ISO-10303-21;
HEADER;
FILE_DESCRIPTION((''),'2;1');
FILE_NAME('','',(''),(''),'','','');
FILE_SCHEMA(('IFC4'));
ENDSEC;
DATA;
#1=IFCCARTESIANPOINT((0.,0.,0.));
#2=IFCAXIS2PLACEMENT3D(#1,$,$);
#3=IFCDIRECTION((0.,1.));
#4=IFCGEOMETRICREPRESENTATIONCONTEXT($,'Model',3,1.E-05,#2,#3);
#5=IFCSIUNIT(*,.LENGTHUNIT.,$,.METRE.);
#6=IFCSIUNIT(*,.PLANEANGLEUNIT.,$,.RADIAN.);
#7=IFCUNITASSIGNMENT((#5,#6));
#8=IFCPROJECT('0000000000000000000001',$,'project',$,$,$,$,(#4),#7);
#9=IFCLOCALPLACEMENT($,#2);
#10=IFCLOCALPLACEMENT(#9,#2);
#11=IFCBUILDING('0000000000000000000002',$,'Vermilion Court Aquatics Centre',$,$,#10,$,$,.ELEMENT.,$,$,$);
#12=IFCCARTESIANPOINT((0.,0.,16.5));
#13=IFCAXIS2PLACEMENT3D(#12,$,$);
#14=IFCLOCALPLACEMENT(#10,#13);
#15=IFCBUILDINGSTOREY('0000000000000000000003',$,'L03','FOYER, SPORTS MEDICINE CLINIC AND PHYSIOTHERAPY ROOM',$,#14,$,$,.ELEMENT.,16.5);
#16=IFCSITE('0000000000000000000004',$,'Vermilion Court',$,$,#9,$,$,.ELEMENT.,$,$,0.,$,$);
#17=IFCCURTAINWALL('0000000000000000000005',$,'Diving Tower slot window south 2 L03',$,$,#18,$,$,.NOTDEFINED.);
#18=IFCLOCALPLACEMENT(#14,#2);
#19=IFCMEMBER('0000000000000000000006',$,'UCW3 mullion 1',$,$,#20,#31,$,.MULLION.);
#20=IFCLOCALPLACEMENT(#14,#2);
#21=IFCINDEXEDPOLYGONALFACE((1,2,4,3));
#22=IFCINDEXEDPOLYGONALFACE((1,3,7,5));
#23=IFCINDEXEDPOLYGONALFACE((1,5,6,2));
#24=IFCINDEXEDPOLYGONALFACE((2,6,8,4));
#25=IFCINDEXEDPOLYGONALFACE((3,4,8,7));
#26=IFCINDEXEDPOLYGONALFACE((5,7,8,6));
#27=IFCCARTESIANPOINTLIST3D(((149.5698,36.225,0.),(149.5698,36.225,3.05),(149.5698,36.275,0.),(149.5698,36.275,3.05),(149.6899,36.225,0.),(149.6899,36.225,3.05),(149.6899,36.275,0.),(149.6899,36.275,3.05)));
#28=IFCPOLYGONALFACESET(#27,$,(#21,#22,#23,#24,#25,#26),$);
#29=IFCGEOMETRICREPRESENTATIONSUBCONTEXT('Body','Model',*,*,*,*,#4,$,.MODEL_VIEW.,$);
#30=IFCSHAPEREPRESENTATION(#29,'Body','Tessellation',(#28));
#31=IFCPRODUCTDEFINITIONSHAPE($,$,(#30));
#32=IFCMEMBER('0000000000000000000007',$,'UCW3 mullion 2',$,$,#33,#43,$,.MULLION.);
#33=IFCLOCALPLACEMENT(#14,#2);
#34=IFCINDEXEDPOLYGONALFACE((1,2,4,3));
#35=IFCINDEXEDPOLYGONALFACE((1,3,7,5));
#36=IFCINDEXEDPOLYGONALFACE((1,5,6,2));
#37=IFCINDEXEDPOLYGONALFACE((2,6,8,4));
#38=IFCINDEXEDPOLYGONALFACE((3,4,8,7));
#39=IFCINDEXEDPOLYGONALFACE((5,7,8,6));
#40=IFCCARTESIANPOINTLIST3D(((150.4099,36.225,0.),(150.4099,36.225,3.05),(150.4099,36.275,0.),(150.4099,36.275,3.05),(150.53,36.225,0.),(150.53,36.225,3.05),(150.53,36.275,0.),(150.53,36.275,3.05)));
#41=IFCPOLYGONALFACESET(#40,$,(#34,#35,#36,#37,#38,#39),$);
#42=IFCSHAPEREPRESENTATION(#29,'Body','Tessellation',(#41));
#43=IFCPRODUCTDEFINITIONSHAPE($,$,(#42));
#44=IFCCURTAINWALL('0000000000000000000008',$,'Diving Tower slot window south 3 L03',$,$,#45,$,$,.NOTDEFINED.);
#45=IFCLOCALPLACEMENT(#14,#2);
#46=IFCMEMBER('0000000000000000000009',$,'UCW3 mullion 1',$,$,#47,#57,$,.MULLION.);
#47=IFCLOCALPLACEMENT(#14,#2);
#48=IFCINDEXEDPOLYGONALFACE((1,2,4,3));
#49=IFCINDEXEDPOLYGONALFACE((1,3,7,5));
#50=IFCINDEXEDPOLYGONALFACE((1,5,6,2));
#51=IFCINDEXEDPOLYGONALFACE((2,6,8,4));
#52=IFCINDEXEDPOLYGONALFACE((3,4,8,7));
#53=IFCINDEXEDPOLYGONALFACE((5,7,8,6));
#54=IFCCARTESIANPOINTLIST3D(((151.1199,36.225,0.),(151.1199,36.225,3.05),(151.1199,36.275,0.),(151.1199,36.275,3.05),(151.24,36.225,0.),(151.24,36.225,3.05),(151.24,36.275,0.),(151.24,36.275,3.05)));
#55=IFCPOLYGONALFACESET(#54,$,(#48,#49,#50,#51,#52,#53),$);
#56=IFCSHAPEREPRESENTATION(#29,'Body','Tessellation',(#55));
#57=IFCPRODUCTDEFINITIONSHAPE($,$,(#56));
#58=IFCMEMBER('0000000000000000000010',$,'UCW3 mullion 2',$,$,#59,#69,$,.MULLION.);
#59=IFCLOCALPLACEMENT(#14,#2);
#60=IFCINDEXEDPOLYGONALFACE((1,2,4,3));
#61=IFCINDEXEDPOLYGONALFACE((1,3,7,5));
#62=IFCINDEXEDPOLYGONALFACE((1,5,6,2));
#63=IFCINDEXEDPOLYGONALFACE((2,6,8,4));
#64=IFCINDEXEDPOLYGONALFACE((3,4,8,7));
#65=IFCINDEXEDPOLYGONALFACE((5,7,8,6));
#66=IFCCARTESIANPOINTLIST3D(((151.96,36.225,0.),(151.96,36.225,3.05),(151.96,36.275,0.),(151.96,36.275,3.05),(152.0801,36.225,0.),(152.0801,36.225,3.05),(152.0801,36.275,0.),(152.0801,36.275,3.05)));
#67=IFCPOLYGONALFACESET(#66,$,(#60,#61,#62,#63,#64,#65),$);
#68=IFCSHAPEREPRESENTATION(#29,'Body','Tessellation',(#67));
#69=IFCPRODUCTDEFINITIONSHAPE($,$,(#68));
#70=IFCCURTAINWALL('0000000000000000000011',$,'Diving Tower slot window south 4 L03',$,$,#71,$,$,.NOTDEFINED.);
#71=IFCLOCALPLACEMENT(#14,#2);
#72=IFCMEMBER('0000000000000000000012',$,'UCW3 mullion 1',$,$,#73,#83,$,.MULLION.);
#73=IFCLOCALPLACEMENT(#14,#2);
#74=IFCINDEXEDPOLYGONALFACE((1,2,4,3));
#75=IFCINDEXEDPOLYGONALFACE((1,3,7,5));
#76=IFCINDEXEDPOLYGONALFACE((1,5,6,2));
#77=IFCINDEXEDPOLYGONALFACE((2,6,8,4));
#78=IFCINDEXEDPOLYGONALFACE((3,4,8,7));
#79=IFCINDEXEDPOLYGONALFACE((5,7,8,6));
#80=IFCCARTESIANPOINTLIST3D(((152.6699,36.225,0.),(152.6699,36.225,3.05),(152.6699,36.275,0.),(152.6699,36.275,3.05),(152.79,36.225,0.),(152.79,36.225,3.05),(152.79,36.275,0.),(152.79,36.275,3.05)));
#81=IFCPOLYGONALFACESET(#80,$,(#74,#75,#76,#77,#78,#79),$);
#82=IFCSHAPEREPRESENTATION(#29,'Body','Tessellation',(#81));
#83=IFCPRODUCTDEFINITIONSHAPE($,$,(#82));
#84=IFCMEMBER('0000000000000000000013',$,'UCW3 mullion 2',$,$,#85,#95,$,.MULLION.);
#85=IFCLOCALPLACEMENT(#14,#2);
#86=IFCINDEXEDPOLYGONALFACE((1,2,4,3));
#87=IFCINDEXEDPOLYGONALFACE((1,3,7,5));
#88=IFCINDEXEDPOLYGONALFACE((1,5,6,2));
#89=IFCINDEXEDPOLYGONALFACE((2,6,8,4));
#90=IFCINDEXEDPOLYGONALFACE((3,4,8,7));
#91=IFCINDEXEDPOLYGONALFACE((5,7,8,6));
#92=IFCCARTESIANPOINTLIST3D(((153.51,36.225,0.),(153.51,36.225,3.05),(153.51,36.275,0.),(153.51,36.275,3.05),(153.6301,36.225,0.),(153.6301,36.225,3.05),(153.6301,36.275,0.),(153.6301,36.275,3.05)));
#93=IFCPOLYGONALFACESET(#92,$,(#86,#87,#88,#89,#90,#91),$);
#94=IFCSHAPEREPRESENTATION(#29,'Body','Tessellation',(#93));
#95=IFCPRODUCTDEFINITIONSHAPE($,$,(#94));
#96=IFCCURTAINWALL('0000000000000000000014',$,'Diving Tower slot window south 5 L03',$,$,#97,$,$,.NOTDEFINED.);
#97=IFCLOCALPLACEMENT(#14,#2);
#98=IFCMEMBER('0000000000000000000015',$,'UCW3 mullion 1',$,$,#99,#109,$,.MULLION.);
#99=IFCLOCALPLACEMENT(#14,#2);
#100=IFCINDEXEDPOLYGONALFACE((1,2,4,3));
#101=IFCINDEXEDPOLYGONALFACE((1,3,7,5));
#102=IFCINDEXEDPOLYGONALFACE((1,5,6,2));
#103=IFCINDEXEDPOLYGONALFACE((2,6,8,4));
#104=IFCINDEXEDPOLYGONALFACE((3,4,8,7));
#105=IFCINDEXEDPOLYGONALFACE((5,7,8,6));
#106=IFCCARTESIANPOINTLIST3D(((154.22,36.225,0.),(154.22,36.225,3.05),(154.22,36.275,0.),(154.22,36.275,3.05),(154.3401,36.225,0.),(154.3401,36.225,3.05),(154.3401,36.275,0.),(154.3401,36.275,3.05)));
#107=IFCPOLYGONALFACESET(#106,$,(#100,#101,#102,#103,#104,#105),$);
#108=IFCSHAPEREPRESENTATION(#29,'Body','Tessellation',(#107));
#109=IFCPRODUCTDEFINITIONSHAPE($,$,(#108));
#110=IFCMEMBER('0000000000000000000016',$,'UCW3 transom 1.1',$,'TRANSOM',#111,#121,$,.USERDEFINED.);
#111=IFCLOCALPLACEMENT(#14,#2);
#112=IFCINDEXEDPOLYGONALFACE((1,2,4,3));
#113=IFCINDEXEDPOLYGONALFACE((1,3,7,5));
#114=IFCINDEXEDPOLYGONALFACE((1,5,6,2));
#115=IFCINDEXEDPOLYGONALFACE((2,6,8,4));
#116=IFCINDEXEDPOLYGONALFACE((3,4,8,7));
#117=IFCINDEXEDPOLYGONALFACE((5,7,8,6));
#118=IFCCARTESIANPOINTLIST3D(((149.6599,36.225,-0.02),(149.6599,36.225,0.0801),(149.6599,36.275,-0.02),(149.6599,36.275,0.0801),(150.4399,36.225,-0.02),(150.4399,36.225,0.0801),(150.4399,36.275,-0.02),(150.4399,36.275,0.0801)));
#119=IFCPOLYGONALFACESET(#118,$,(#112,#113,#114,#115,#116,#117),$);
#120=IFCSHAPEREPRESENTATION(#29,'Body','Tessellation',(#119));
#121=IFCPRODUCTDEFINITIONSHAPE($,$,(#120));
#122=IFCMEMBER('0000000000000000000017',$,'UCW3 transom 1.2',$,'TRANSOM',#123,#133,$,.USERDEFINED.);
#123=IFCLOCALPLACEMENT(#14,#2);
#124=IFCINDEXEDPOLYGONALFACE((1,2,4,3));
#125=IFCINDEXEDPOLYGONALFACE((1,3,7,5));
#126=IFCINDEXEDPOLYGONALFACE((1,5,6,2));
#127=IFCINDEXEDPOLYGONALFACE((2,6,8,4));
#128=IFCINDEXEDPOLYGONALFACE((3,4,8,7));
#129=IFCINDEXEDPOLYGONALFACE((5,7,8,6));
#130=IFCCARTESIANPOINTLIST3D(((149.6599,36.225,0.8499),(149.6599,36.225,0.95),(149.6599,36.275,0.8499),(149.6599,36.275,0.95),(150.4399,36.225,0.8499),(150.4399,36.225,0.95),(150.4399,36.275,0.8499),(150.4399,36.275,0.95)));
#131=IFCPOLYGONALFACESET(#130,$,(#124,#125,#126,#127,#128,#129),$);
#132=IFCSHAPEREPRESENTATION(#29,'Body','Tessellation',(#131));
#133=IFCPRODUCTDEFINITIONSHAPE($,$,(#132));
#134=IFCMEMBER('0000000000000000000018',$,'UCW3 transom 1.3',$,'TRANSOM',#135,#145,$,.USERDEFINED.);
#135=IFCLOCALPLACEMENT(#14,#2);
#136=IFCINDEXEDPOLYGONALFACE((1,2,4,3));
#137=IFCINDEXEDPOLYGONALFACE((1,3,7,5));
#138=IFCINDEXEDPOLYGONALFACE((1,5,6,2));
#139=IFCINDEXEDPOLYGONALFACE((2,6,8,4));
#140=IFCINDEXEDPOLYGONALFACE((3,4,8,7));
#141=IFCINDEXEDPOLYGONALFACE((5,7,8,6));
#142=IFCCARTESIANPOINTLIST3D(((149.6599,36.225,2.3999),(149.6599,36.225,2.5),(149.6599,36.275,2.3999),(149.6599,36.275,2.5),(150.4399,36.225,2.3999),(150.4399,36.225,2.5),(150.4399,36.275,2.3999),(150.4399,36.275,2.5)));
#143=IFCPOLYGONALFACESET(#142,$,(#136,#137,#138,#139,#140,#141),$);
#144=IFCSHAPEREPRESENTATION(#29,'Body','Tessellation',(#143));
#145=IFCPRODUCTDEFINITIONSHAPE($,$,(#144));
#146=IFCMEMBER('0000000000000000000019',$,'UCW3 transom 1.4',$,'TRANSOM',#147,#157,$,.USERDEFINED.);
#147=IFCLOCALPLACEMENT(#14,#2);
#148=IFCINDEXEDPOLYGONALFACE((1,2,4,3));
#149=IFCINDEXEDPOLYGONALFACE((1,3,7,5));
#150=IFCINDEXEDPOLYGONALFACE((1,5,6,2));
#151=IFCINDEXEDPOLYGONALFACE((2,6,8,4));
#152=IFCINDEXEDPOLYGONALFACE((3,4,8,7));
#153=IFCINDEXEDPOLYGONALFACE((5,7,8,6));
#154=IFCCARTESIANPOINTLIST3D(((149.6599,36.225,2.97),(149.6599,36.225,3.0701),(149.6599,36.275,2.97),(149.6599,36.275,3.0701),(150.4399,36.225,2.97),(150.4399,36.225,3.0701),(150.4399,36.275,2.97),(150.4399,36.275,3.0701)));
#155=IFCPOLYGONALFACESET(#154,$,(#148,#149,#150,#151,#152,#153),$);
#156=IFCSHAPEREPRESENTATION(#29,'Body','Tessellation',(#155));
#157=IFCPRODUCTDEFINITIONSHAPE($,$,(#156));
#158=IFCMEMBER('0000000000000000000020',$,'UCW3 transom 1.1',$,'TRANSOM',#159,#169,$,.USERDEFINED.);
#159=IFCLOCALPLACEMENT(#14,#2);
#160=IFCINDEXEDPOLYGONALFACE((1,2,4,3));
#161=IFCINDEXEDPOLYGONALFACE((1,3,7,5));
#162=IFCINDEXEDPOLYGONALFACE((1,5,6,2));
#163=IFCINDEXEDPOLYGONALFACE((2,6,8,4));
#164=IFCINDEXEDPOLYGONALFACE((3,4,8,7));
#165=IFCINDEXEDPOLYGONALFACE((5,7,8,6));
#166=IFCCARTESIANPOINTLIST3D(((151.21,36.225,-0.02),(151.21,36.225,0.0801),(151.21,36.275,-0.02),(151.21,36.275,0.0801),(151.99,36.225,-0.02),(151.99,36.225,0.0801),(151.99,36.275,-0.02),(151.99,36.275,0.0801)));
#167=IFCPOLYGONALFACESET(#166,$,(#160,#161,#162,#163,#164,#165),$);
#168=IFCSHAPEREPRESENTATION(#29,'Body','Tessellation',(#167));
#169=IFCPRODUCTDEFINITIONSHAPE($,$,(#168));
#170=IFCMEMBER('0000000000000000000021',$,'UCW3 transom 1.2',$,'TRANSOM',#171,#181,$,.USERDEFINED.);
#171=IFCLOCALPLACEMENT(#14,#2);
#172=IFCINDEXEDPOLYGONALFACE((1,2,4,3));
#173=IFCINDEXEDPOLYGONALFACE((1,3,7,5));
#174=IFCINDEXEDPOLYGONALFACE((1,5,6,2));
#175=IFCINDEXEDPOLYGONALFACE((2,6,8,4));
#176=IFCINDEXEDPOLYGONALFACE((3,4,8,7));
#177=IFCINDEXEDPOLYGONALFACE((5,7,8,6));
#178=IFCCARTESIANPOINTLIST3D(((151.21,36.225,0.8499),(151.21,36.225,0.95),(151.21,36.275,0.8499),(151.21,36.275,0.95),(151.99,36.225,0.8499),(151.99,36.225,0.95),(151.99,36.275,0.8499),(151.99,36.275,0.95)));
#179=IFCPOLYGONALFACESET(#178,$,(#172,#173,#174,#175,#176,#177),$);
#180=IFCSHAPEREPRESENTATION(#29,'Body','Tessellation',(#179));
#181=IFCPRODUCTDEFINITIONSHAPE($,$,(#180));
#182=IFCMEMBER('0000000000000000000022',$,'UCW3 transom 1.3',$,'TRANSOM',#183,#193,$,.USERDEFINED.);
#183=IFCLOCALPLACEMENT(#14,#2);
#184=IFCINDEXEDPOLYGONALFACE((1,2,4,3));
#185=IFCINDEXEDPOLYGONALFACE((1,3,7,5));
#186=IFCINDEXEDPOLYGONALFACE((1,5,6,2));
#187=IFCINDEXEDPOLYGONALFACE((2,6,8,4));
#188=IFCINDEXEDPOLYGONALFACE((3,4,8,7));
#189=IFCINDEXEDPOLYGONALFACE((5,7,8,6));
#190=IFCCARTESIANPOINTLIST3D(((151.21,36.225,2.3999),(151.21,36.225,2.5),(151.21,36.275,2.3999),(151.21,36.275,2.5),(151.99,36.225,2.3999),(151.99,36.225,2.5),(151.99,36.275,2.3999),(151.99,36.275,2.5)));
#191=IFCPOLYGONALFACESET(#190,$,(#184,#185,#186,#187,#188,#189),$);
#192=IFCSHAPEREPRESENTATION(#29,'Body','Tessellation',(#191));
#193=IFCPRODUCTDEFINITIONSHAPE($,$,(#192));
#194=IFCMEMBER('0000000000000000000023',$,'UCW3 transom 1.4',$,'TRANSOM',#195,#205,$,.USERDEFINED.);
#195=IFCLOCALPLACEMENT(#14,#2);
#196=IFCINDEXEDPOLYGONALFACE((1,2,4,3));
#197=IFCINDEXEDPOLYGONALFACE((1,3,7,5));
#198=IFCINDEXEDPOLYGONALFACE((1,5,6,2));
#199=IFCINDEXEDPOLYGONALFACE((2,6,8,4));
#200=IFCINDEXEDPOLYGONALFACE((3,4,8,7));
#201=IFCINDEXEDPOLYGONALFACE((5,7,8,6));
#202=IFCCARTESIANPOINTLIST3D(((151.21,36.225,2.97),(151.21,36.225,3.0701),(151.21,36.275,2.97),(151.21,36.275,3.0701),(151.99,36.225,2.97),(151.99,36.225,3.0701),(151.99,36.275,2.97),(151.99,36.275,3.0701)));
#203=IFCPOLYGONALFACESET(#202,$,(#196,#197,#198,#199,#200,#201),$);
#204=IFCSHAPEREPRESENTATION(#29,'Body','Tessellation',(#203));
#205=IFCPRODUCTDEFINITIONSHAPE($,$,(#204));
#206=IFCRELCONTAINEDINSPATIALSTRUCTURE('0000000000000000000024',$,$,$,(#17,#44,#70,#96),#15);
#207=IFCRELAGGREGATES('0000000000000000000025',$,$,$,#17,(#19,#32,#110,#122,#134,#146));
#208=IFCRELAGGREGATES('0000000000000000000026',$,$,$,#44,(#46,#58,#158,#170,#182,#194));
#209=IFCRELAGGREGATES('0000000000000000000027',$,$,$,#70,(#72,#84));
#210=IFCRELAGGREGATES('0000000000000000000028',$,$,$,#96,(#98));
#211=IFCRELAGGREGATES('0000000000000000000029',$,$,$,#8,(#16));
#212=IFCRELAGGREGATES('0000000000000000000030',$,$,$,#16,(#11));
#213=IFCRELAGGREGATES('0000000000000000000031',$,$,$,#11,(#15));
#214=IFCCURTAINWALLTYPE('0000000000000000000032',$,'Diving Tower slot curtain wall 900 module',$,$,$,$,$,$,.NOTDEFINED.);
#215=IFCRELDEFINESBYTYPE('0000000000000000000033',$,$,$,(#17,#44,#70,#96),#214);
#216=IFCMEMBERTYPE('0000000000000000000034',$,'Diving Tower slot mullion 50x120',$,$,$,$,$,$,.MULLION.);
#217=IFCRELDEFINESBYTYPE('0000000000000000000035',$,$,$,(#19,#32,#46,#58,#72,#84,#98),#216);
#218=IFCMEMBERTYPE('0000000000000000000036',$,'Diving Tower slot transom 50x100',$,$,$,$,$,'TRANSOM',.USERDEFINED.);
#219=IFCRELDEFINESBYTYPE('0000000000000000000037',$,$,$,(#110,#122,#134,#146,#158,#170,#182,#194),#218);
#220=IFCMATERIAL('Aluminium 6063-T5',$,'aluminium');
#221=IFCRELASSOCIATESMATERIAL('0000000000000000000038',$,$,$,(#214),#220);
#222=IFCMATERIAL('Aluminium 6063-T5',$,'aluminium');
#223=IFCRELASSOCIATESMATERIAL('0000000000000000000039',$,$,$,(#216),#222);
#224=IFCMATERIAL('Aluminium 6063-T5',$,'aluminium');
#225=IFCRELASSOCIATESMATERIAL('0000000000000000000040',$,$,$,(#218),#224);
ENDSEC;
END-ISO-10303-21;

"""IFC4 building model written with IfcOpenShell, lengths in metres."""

from ifc_helpers import new_model, si_unit, direction, frame, origin, origin_2d, place, context, subcontext, project, spatial, rectangle, extrude, material, material_profile, profile_set, type_object, element, aggregate, save


model = new_model("IFC4")

# Units and contexts
model_context = context("Model", 3, precision=1e-05, world=origin(), true_north=direction((0.0, 1.0)))
body_context = subcontext(model_context, "Body", "Model", "MODEL_VIEW")
ifc_project = project(units=[si_unit("LENGTHUNIT", "METRE"), si_unit("PLANEANGLEUNIT", "RADIAN")], contexts=[model_context])

# Site, building, storey
site_placement = place(None, origin())
site = spatial("IfcSite", under=ifc_project, at=site_placement, Name="Vermilion Court", CompositionType="ELEMENT", RefElevation=0.0)
building_placement = place(site_placement, origin())
building = spatial("IfcBuilding", under=site, at=building_placement, Name="Vermilion Court Aquatics Centre", CompositionType="ELEMENT")
storey_placement = place(building_placement, frame((0.0, 0.0, 16.5)))
storey = spatial("IfcBuildingStorey", under=building, at=storey_placement, Name="L03", Description="FOYER, SPORTS MEDICINE CLINIC AND PHYSIOTHERAPY ROOM", CompositionType="ELEMENT", Elevation=16.5)

# Curtain walls, members
ifc_material_1 = material(Name="Aluminium 6063-T5", Category="aluminium")
curtain_wall_type = type_object("IfcCurtainWallType", Name="Diving Tower slot curtain wall 900 module", PredefinedType="NOTDEFINED", material=ifc_material_1)
curtain_wall_1_placement = place(storey_placement, origin())
curtain_wall_1 = element("IfcCurtainWall", 1, at=curtain_wall_1_placement, inside=storey, type_object=curtain_wall_type, Name="Diving Tower slot window south 2 L03", PredefinedType="NOTDEFINED")
ifc_material_2 = material(Name="Aluminium 6063-T5", Category="aluminium")
ifc_material_profile_1 = material_profile(ifc_material_2, rectangle(XDim=0.05, YDim=0.1201, at=origin_2d()), Name="AL 50x120")
ifc_profile_set_1 = profile_set([ifc_material_profile_1], Name="Aluminium 6063-T5")
member_type_1 = type_object("IfcMemberType", Name="Diving Tower slot mullion 50x120", PredefinedType="MULLION", material=ifc_profile_set_1)
member_1_placement = place(storey_placement, frame((149.6299, 36.25, 0.0), z_axis=(0.0, 0.0, 1.0), x_axis=(0.0, 1.0, 0.0)))
member_1 = element("IfcMember", 2, at=member_1_placement, type_object=member_type_1, Name="UCW3 mullion 1", PredefinedType="MULLION", context=body_context, shape_type="SweptSolid", body=[
    extrude(rectangle(XDim=0.05, YDim=0.1201, at=origin_2d()), origin(), (0.0, 0.0, 1.0), 3.05),
])
member_2_placement = place(storey_placement, frame((150.47, 36.25, 0.0), z_axis=(0.0, 0.0, 1.0), x_axis=(0.0, 1.0, 0.0)))
member_2 = element("IfcMember", 3, at=member_2_placement, type_object=member_type_1, Name="UCW3 mullion 2", PredefinedType="MULLION", context=body_context, shape_type="SweptSolid", body=[
    extrude(rectangle(XDim=0.05, YDim=0.1201, at=origin_2d()), origin(), (0.0, 0.0, 1.0), 3.05),
])
curtain_wall_2_placement = place(storey_placement, origin())
curtain_wall_2 = element("IfcCurtainWall", 4, at=curtain_wall_2_placement, inside=storey, type_object=curtain_wall_type, Name="Diving Tower slot window south 3 L03", PredefinedType="NOTDEFINED")
member_3_placement = place(storey_placement, frame((151.1799, 36.25, 0.0), z_axis=(0.0, 0.0, 1.0), x_axis=(0.0, 1.0, 0.0)))
member_3 = element("IfcMember", 5, at=member_3_placement, type_object=member_type_1, Name="UCW3 mullion 1", PredefinedType="MULLION", context=body_context, shape_type="SweptSolid", body=[
    extrude(rectangle(XDim=0.05, YDim=0.1201, at=origin_2d()), origin(), (0.0, 0.0, 1.0), 3.05),
])
member_4_placement = place(storey_placement, frame((152.02, 36.25, 0.0), z_axis=(0.0, 0.0, 1.0), x_axis=(0.0, 1.0, 0.0)))
member_4 = element("IfcMember", 6, at=member_4_placement, type_object=member_type_1, Name="UCW3 mullion 2", PredefinedType="MULLION", context=body_context, shape_type="SweptSolid", body=[
    extrude(rectangle(XDim=0.05, YDim=0.1201, at=origin_2d()), origin(), (0.0, 0.0, 1.0), 3.05),
])
curtain_wall_3_placement = place(storey_placement, origin())
curtain_wall_3 = element("IfcCurtainWall", 7, at=curtain_wall_3_placement, inside=storey, type_object=curtain_wall_type, Name="Diving Tower slot window south 4 L03", PredefinedType="NOTDEFINED")
member_5_placement = place(storey_placement, frame((152.73, 36.25, 0.0), z_axis=(0.0, 0.0, 1.0), x_axis=(0.0, 1.0, 0.0)))
member_5 = element("IfcMember", 8, at=member_5_placement, type_object=member_type_1, Name="UCW3 mullion 1", PredefinedType="MULLION", context=body_context, shape_type="SweptSolid", body=[
    extrude(rectangle(XDim=0.05, YDim=0.1201, at=origin_2d()), origin(), (0.0, 0.0, 1.0), 3.05),
])
member_6_placement = place(storey_placement, frame((153.5701, 36.25, 0.0), z_axis=(0.0, 0.0, 1.0), x_axis=(0.0, 1.0, 0.0)))
member_6 = element("IfcMember", 9, at=member_6_placement, type_object=member_type_1, Name="UCW3 mullion 2", PredefinedType="MULLION", context=body_context, shape_type="SweptSolid", body=[
    extrude(rectangle(XDim=0.05, YDim=0.1201, at=origin_2d()), origin(), (0.0, 0.0, 1.0), 3.05),
])

# Curtain wall, member
curtain_wall_4_placement = place(storey_placement, origin())
curtain_wall_4 = element("IfcCurtainWall", 10, at=curtain_wall_4_placement, inside=storey, type_object=curtain_wall_type, Name="Diving Tower slot window south 5 L03", PredefinedType="NOTDEFINED")
member_7_placement = place(storey_placement, frame((154.28, 36.25, 0.0), z_axis=(0.0, 0.0, 1.0), x_axis=(0.0, 1.0, 0.0)))
member_7 = element("IfcMember", 11, at=member_7_placement, type_object=member_type_1, Name="UCW3 mullion 1", PredefinedType="MULLION", context=body_context, shape_type="SweptSolid", body=[
    extrude(rectangle(XDim=0.05, YDim=0.1201, at=origin_2d()), origin(), (0.0, 0.0, 1.0), 3.05),
])

# Members
ifc_material_3 = material(Name="Aluminium 6063-T5", Category="aluminium")
ifc_material_profile_2 = material_profile(ifc_material_3, rectangle(XDim=0.05, YDim=0.1001, at=origin_2d()), Name="AL 50x100")
ifc_profile_set_2 = profile_set([ifc_material_profile_2], Name="Aluminium 6063-T5")
member_type_2 = type_object("IfcMemberType", Name="Diving Tower slot transom 50x100", ElementType="TRANSOM", PredefinedType="USERDEFINED", material=ifc_profile_set_2)
member_8_placement = place(storey_placement, frame((149.6599, 36.25, 0.03), z_axis=(1.0, 0.0, 0.0), x_axis=(0.0, 1.0, 0.0)))
member_8 = element("IfcMember", 12, at=member_8_placement, type_object=member_type_2, Name="UCW3 transom 1.1", ObjectType="TRANSOM", PredefinedType="USERDEFINED", context=body_context, shape_type="SweptSolid", body=[
    extrude(rectangle(XDim=0.05, YDim=0.1001, at=origin_2d()), origin(), (0.0, 0.0, 1.0), 0.78),
])
member_9_placement = place(storey_placement, frame((149.6599, 36.25, 0.8999), z_axis=(1.0, 0.0, 0.0), x_axis=(0.0, 1.0, 0.0)))
member_9 = element("IfcMember", 13, at=member_9_placement, type_object=member_type_2, Name="UCW3 transom 1.2", ObjectType="TRANSOM", PredefinedType="USERDEFINED", context=body_context, shape_type="SweptSolid", body=[
    extrude(rectangle(XDim=0.05, YDim=0.1001, at=origin_2d()), origin(), (0.0, 0.0, 1.0), 0.78),
])
member_10_placement = place(storey_placement, frame((149.6599, 36.25, 2.45), z_axis=(1.0, 0.0, 0.0), x_axis=(0.0, 1.0, 0.0)))
member_10 = element("IfcMember", 14, at=member_10_placement, type_object=member_type_2, Name="UCW3 transom 1.3", ObjectType="TRANSOM", PredefinedType="USERDEFINED", context=body_context, shape_type="SweptSolid", body=[
    extrude(rectangle(XDim=0.05, YDim=0.1001, at=origin_2d()), origin(), (0.0, 0.0, 1.0), 0.78),
])
member_11_placement = place(storey_placement, frame((149.6599, 36.25, 3.02), z_axis=(1.0, 0.0, 0.0), x_axis=(0.0, 1.0, 0.0)))
member_11 = element("IfcMember", 15, at=member_11_placement, type_object=member_type_2, Name="UCW3 transom 1.4", ObjectType="TRANSOM", PredefinedType="USERDEFINED", context=body_context, shape_type="SweptSolid", body=[
    extrude(rectangle(XDim=0.05, YDim=0.1001, at=origin_2d()), origin(), (0.0, 0.0, 1.0), 0.78),
])
member_12_placement = place(storey_placement, frame((151.21, 36.25, 0.03), z_axis=(1.0, 0.0, 0.0), x_axis=(0.0, 1.0, 0.0)))
member_12 = element("IfcMember", 16, at=member_12_placement, type_object=member_type_2, Name="UCW3 transom 1.1", ObjectType="TRANSOM", PredefinedType="USERDEFINED", context=body_context, shape_type="SweptSolid", body=[
    extrude(rectangle(XDim=0.05, YDim=0.1001, at=origin_2d()), origin(), (0.0, 0.0, 1.0), 0.78),
])
member_13_placement = place(storey_placement, frame((151.21, 36.25, 0.8999), z_axis=(1.0, 0.0, 0.0), x_axis=(0.0, 1.0, 0.0)))
member_13 = element("IfcMember", 17, at=member_13_placement, type_object=member_type_2, Name="UCW3 transom 1.2", ObjectType="TRANSOM", PredefinedType="USERDEFINED", context=body_context, shape_type="SweptSolid", body=[
    extrude(rectangle(XDim=0.05, YDim=0.1001, at=origin_2d()), origin(), (0.0, 0.0, 1.0), 0.78),
])
member_14_placement = place(storey_placement, frame((151.21, 36.25, 2.45), z_axis=(1.0, 0.0, 0.0), x_axis=(0.0, 1.0, 0.0)))
member_14 = element("IfcMember", 18, at=member_14_placement, type_object=member_type_2, Name="UCW3 transom 1.3", ObjectType="TRANSOM", PredefinedType="USERDEFINED", context=body_context, shape_type="SweptSolid", body=[
    extrude(rectangle(XDim=0.05, YDim=0.1001, at=origin_2d()), origin(), (0.0, 0.0, 1.0), 0.78),
])
member_15_placement = place(storey_placement, frame((151.21, 36.25, 3.02), z_axis=(1.0, 0.0, 0.0), x_axis=(0.0, 1.0, 0.0)))
member_15 = element("IfcMember", 19, at=member_15_placement, type_object=member_type_2, Name="UCW3 transom 1.4", ObjectType="TRANSOM", PredefinedType="USERDEFINED", context=body_context, shape_type="SweptSolid", body=[
    extrude(rectangle(XDim=0.05, YDim=0.1001, at=origin_2d()), origin(), (0.0, 0.0, 1.0), 0.78),
])

aggregate(curtain_wall_1, [member_1, member_2, member_8, member_9, member_10, member_11])
aggregate(curtain_wall_2, [member_3, member_4, member_12, member_13, member_14, member_15])
aggregate(curtain_wall_3, [member_5, member_6])
aggregate(curtain_wall_4, [member_7])

save(model, "model.ifc")
